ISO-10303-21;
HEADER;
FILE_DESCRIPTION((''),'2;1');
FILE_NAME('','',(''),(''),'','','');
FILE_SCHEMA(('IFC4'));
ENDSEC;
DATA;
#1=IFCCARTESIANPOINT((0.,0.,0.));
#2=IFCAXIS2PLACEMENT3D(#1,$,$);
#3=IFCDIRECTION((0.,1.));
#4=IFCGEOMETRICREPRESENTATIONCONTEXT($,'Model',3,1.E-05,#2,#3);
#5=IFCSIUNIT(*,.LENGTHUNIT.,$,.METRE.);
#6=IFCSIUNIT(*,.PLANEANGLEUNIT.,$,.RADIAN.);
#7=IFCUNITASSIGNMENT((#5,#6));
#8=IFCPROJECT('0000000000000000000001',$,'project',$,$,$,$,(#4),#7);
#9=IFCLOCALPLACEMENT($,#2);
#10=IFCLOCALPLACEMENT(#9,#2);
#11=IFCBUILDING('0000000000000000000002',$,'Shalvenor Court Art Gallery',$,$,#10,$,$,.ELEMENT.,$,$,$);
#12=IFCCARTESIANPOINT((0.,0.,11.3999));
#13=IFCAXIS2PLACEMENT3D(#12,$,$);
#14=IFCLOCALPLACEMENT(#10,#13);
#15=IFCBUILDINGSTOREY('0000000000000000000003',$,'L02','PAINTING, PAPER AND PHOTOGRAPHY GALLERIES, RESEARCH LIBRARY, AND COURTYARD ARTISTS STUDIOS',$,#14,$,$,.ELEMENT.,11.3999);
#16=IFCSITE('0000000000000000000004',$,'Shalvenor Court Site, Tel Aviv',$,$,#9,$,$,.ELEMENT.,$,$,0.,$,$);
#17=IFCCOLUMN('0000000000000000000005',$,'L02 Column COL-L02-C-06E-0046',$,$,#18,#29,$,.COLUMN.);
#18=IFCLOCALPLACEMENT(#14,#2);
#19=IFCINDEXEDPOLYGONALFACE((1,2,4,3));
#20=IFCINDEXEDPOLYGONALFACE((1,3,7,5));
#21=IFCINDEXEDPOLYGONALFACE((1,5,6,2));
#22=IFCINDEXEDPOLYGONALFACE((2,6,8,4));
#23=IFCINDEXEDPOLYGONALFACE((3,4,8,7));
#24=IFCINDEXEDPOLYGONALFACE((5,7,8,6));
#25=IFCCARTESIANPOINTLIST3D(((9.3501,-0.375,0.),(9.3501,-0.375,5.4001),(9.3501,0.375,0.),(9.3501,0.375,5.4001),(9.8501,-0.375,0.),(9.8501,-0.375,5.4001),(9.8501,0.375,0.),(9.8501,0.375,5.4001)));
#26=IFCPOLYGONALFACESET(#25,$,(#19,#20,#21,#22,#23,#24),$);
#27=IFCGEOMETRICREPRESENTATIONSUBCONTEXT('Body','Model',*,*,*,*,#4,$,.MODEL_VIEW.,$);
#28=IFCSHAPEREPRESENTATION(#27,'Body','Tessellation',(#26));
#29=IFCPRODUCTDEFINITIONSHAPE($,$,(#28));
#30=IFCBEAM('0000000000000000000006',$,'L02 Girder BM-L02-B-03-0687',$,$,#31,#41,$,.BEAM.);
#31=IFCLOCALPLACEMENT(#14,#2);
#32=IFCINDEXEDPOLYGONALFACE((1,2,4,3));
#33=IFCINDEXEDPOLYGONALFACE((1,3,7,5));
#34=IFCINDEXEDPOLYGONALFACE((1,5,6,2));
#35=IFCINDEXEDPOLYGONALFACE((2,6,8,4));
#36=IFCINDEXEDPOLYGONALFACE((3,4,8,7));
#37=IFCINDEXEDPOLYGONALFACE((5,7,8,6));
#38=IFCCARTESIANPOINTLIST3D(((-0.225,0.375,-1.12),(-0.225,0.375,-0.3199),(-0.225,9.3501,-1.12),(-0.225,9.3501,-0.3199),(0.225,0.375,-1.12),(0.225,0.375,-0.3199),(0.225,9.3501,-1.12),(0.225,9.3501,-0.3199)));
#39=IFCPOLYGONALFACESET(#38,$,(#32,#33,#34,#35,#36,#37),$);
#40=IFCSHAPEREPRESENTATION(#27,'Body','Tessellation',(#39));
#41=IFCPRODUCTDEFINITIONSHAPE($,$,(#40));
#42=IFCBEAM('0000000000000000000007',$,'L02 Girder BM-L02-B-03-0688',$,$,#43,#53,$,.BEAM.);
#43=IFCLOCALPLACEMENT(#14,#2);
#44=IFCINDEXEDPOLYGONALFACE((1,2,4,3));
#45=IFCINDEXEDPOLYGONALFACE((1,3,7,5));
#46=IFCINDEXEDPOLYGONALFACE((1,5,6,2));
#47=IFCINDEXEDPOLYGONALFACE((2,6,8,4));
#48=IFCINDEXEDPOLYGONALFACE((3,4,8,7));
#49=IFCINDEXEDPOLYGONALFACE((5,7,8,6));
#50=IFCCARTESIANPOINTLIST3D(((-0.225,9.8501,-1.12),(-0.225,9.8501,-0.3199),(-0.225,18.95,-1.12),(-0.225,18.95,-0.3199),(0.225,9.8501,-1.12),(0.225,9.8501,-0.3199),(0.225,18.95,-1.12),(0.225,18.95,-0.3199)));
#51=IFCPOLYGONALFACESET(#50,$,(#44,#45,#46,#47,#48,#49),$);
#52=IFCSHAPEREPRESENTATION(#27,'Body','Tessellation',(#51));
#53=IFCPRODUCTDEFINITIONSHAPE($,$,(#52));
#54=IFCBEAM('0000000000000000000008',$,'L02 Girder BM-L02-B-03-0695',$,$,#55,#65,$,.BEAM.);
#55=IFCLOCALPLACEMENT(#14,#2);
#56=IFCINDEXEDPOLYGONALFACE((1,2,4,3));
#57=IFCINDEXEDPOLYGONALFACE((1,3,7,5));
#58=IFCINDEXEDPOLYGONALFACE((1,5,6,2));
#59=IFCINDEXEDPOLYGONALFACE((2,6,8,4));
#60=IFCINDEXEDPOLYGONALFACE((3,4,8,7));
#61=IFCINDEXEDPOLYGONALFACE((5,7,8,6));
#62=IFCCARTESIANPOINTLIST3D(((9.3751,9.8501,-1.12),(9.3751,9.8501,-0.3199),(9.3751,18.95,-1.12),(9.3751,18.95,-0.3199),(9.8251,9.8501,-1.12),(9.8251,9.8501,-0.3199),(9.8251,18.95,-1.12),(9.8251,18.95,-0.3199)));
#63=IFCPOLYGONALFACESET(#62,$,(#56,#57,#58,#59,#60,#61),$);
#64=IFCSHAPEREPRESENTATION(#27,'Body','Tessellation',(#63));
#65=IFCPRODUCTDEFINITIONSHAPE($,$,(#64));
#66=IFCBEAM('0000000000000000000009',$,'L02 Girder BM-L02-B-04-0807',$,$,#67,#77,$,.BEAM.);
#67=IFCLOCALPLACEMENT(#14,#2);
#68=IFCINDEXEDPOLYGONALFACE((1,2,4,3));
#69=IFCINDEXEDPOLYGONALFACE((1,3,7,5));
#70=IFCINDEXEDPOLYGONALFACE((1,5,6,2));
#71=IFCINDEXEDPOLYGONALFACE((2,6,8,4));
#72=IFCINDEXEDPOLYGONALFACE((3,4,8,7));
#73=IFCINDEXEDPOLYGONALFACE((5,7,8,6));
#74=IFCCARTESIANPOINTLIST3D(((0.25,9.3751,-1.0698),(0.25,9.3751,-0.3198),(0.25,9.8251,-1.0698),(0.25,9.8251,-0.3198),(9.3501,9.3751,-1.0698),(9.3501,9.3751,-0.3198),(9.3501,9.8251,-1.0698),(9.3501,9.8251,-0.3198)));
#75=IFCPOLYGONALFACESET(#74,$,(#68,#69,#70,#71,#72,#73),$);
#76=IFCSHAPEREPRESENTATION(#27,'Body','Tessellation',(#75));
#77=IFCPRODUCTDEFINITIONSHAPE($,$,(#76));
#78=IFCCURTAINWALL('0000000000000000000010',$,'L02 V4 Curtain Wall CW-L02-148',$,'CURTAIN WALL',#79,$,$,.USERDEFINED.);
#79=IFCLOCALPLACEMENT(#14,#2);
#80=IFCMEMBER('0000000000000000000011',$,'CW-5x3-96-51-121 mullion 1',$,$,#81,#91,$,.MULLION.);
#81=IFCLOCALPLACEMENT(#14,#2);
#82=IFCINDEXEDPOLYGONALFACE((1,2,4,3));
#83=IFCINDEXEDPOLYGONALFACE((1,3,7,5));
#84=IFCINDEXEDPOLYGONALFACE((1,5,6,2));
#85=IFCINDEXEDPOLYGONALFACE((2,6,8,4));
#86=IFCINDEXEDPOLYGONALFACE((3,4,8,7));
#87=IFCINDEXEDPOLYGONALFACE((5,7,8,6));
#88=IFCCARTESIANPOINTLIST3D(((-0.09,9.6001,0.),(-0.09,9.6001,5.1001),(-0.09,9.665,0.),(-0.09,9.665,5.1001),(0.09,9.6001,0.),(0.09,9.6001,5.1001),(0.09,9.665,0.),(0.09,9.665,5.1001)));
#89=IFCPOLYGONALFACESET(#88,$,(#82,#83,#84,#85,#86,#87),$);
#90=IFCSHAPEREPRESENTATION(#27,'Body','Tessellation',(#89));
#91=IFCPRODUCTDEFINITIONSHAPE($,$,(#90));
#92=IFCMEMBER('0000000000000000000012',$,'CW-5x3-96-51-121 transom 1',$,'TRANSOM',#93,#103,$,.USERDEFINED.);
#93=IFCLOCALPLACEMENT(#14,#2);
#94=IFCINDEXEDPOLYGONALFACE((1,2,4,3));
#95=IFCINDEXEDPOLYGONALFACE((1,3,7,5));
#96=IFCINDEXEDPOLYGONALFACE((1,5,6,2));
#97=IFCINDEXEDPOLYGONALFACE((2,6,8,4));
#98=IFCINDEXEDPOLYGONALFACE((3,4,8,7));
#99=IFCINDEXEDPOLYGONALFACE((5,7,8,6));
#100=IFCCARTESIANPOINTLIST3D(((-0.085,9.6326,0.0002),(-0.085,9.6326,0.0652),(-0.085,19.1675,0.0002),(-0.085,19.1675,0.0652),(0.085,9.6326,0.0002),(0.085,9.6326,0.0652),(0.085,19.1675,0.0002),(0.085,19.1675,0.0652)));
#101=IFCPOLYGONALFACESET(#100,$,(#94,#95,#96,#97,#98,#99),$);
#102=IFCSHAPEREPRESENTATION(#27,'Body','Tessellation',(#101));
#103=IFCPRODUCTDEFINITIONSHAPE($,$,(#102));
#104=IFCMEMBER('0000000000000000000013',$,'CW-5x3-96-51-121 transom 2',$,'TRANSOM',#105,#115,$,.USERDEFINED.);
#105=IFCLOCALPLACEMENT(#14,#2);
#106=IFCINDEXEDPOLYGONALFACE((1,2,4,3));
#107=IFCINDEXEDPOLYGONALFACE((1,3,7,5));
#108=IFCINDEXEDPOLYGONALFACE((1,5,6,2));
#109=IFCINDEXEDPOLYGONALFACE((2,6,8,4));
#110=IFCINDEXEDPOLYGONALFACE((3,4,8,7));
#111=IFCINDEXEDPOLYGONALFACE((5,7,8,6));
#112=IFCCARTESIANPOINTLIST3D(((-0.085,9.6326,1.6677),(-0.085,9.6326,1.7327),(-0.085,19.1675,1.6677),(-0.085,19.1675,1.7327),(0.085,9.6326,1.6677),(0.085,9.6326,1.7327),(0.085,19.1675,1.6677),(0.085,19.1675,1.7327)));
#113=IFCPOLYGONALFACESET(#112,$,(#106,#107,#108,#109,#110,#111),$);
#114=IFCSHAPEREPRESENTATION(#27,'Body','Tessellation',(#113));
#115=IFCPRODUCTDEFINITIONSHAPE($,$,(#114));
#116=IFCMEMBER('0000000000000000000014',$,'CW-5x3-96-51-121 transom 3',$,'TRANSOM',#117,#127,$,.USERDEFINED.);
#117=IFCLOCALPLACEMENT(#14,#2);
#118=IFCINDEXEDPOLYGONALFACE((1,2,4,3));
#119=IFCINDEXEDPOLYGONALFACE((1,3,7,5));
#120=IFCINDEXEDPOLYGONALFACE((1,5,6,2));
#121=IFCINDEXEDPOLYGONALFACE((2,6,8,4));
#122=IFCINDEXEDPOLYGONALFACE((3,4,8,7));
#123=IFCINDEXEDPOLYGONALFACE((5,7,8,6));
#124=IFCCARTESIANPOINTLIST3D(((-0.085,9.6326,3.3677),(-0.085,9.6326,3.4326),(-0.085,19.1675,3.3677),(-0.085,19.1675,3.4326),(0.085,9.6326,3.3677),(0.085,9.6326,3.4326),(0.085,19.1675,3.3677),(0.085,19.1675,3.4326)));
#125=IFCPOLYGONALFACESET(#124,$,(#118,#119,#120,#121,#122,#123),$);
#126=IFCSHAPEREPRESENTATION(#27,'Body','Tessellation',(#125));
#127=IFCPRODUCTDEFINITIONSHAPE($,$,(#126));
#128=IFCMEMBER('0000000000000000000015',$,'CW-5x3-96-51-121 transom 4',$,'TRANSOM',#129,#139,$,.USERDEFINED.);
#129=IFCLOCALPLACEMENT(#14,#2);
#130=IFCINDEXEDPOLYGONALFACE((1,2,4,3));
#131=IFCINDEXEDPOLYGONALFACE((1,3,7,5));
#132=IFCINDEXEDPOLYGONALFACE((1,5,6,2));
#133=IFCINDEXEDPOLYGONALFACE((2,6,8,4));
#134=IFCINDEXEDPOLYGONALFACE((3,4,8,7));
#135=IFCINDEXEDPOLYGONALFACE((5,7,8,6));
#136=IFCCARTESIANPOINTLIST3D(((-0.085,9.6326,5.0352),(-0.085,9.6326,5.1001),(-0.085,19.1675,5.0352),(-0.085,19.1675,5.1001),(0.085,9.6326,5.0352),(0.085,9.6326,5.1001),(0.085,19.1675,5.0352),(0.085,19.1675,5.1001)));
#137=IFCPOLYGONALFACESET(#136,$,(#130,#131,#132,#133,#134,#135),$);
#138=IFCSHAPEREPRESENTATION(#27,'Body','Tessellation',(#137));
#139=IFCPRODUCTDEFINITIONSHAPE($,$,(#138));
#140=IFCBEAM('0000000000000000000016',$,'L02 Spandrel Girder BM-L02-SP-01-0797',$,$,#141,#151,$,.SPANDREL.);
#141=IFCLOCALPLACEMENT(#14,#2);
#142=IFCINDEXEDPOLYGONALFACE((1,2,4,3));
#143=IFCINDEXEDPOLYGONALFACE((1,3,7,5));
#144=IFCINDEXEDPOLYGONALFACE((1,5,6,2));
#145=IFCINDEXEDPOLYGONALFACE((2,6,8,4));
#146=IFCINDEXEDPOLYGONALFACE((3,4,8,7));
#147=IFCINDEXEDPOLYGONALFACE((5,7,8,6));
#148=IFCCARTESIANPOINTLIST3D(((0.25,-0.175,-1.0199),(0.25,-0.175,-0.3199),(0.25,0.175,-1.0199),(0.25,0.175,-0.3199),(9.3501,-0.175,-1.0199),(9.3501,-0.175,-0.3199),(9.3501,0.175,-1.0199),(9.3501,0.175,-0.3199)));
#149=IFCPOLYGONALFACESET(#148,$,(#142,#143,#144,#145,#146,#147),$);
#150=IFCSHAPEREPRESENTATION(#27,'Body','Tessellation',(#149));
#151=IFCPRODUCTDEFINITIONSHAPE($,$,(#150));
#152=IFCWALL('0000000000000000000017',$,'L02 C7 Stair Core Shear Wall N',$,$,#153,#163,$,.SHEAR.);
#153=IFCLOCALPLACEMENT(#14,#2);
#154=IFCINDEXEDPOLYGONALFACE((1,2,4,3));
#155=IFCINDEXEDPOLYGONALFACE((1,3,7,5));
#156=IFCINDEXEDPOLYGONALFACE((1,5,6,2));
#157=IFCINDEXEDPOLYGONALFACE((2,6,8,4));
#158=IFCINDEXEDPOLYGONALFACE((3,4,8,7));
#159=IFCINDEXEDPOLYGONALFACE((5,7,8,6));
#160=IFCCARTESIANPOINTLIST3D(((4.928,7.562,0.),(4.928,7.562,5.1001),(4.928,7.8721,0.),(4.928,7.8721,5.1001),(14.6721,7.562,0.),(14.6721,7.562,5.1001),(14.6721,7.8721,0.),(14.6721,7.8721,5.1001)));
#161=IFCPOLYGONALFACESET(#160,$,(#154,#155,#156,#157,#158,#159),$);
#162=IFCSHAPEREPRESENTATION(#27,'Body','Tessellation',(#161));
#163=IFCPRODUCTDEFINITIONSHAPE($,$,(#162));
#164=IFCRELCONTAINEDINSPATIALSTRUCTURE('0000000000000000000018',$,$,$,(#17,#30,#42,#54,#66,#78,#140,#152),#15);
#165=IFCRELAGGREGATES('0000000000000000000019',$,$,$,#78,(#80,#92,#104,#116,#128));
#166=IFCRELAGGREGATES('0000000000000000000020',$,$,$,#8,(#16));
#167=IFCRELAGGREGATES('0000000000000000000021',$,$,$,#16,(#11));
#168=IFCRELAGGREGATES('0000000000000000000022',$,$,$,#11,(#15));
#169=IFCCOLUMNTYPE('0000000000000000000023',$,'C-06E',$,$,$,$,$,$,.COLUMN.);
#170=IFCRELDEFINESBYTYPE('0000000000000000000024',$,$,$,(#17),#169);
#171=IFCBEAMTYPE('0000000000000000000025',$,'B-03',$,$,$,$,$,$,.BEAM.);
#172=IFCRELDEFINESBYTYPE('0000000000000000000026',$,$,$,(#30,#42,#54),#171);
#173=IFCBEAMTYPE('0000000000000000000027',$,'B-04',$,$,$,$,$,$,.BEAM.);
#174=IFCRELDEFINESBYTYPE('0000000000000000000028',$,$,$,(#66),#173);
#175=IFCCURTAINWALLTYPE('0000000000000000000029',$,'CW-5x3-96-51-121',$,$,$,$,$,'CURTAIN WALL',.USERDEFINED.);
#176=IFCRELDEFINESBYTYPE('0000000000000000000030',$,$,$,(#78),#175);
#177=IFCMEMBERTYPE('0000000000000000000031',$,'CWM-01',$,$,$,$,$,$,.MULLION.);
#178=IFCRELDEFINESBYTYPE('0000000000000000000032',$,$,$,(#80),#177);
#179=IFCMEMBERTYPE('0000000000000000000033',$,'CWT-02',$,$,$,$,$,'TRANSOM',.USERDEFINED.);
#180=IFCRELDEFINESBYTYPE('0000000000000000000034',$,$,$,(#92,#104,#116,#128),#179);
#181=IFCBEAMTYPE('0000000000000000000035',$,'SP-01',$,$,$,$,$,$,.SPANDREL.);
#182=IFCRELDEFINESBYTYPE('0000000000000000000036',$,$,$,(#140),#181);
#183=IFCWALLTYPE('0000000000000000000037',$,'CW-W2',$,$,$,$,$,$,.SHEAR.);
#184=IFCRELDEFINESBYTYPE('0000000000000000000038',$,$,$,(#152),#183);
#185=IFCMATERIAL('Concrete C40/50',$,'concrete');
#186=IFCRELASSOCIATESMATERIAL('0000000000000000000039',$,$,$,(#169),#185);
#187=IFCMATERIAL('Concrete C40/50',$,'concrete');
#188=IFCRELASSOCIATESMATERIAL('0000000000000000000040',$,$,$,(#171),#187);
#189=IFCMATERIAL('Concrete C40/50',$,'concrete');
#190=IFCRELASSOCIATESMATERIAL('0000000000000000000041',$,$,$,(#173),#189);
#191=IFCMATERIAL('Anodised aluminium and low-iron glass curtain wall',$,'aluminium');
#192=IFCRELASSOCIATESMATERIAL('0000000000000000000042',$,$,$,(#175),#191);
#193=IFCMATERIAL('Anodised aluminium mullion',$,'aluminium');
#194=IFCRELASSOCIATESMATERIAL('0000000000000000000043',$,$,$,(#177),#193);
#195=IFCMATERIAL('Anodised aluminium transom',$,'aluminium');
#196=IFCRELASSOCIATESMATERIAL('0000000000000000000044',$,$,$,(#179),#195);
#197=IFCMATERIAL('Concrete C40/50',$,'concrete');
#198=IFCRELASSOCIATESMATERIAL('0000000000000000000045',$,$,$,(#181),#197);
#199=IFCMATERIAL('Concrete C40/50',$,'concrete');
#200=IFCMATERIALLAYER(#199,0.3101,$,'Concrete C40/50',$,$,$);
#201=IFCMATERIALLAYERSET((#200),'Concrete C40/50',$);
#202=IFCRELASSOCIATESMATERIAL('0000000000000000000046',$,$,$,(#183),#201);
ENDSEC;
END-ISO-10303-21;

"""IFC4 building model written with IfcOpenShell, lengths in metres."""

from ifc_helpers import new_model, si_unit, direction, frame, frame_2d, origin, origin_2d, place, context, subcontext, project, spatial, rectangle, extrude, material, layer, layer_set, material_profile, profile_set, type_object, element, aggregate, save


model = new_model("IFC4")

# Units and contexts
model_context = context("Model", 3, precision=1e-05, world=origin(), true_north=direction((0.0, 1.0)))
body_context = subcontext(model_context, "Body", "Model", "MODEL_VIEW")
ifc_project = project(units=[si_unit("LENGTHUNIT", "METRE"), si_unit("PLANEANGLEUNIT", "RADIAN")], contexts=[model_context])

# Site, building, storey
site_placement = place(None, origin())
site = spatial("IfcSite", under=ifc_project, at=site_placement, Name="Shalvenor Court Site, Tel Aviv", CompositionType="ELEMENT", RefElevation=0.0)
building_placement = place(site_placement, origin())
building = spatial("IfcBuilding", under=site, at=building_placement, Name="Shalvenor Court Art Gallery", CompositionType="ELEMENT")
storey_placement = place(building_placement, frame((0.0, 0.0, 11.3999)))
storey = spatial("IfcBuildingStorey", under=building, at=storey_placement, Name="L02", Description="PAINTING, PAPER AND PHOTOGRAPHY GALLERIES, RESEARCH LIBRARY, AND COURTYARD ARTISTS STUDIOS", CompositionType="ELEMENT", Elevation=11.3999)

# Column
ifc_material_1 = material(Name="Concrete C40/50", Category="concrete")
ifc_material_profile_1 = material_profile(ifc_material_1, rectangle(XDim=0.5, YDim=0.75, at=origin_2d()), Name="RC 500x750")
ifc_profile_set_1 = profile_set([ifc_material_profile_1], Name="Concrete C40/50")
column_type = type_object("IfcColumnType", Name="C-06E", PredefinedType="COLUMN", material=ifc_profile_set_1)
column_placement = place(storey_placement, frame((9.6001, 0.0, 0.0), z_axis=(0.0, 0.0, 1.0), x_axis=(1.0, 0.0, 0.0)))
element("IfcColumn", 1, at=column_placement, inside=storey, type_object=column_type, Name="L02 Column COL-L02-C-06E-0046", PredefinedType="COLUMN", context=body_context, shape_type="SweptSolid", body=[
    extrude(rectangle(XDim=0.5, YDim=0.75, at=origin_2d()), origin(), (0.0, 0.0, 1.0), 5.4001),
])

# Beams
ifc_material_2 = material(Name="Concrete C40/50", Category="concrete")
ifc_material_profile_2 = material_profile(ifc_material_2, rectangle(XDim=0.45, YDim=0.8, at=origin_2d()), Name="RC 450x800")
ifc_profile_set_2 = profile_set([ifc_material_profile_2], Name="Concrete C40/50")
beam_type_1 = type_object("IfcBeamType", Name="B-03", PredefinedType="BEAM", material=ifc_profile_set_2)
beam_1_placement = place(storey_placement, frame((0.0, 0.375, -0.72), z_axis=(0.0, 1.0, 0.0), x_axis=(-1.0, 0.0, 0.0)))
element("IfcBeam", 2, at=beam_1_placement, inside=storey, type_object=beam_type_1, Name="L02 Girder BM-L02-B-03-0687", PredefinedType="BEAM", context=body_context, shape_type="SweptSolid", body=[
    extrude(rectangle(XDim=0.45, YDim=0.8, at=origin_2d()), origin(), (0.0, 0.0, 1.0), 8.9751),
])
for number, where, z_axis, x_axis, name in (
    (3, (0.0, 9.8501, -0.72), (0.0, 1.0, 0.0), (-1.0, 0.0, 0.0), "L02 Girder BM-L02-B-03-0688"),
    (4, (9.6001, 9.8501, -0.72), (0.0, 1.0, 0.0), (-1.0, 0.0, 0.0), "L02 Girder BM-L02-B-03-0695"),
):
    element("IfcBeam", number, at=place(storey_placement, frame(where, z_axis=z_axis, x_axis=x_axis)), inside=storey, type_object=beam_type_1, Name=name, PredefinedType="BEAM", context=body_context, shape_type="SweptSolid", body=[
        extrude(rectangle(XDim=0.45, YDim=0.8, at=origin_2d()), origin(), (0.0, 0.0, 1.0), 9.0999),
    ])
ifc_material_3 = material(Name="Concrete C40/50", Category="concrete")
ifc_material_profile_3 = material_profile(ifc_material_3, rectangle(XDim=0.45, YDim=0.75, at=origin_2d()), Name="RC 450x750")
ifc_profile_set_3 = profile_set([ifc_material_profile_3], Name="Concrete C40/50")
beam_type_2 = type_object("IfcBeamType", Name="B-04", PredefinedType="BEAM", material=ifc_profile_set_3)
beam_2_placement = place(storey_placement, frame((0.25, 9.6001, -0.6948), z_axis=(1.0, 0.0, 0.0), x_axis=(0.0, 1.0, 0.0)))
element("IfcBeam", 5, at=beam_2_placement, inside=storey, type_object=beam_type_2, Name="L02 Girder BM-L02-B-04-0807", PredefinedType="BEAM", context=body_context, shape_type="SweptSolid", body=[
    extrude(rectangle(XDim=0.45, YDim=0.75, at=origin_2d()), origin(), (0.0, 0.0, 1.0), 9.1001),
])

# Curtain wall, members
ifc_material_4 = material(Name="Anodised aluminium and low-iron glass curtain wall", Category="aluminium")
curtain_wall_type = type_object("IfcCurtainWallType", Name="CW-5x3-96-51-121", ElementType="CURTAIN WALL", PredefinedType="USERDEFINED", material=ifc_material_4)
curtain_wall_placement = place(storey_placement, origin())
curtain_wall = element("IfcCurtainWall", 6, at=curtain_wall_placement, inside=storey, type_object=curtain_wall_type, Name="L02 V4 Curtain Wall CW-L02-148", ObjectType="CURTAIN WALL", PredefinedType="USERDEFINED")
ifc_material_5 = material(Name="Anodised aluminium mullion", Category="aluminium")
ifc_material_profile_4 = material_profile(ifc_material_5, rectangle(XDim=0.0649, YDim=0.1799, at=origin_2d()), Name="CWM-01")
ifc_profile_set_4 = profile_set([ifc_material_profile_4], Name="Anodised aluminium mullion")
member_type_1 = type_object("IfcMemberType", Name="CWM-01", PredefinedType="MULLION", material=ifc_profile_set_4)
member_1_placement = place(storey_placement, frame((0.0, 9.6326, 0.0), z_axis=(0.0, 0.0, 1.0), x_axis=(0.0, 1.0, 0.0)))
member_1 = element("IfcMember", 7, at=member_1_placement, type_object=member_type_1, Name="CW-5x3-96-51-121 mullion 1", PredefinedType="MULLION", context=body_context, shape_type="SweptSolid", body=[
    extrude(rectangle(XDim=0.0649, YDim=0.1799, at=origin_2d()), origin(), (0.0, 0.0, 1.0), 5.1001),
])
ifc_material_6 = material(Name="Anodised aluminium transom", Category="aluminium")
ifc_material_profile_5 = material_profile(ifc_material_6, rectangle(XDim=0.1699, YDim=0.0649, at=origin_2d()), Name="CWT-02")
ifc_profile_set_5 = profile_set([ifc_material_profile_5], Name="Anodised aluminium transom")
member_type_2 = type_object("IfcMemberType", Name="CWT-02", ElementType="TRANSOM", PredefinedType="USERDEFINED", material=ifc_profile_set_5)
member_2_placement = place(storey_placement, frame((0.0, 9.6326, 0.0327), z_axis=(0.0, 1.0, 0.0), x_axis=(-1.0, 0.0, 0.0)))
member_2 = element("IfcMember", 8, at=member_2_placement, type_object=member_type_2, Name="CW-5x3-96-51-121 transom 1", ObjectType="TRANSOM", PredefinedType="USERDEFINED", context=body_context, shape_type="SweptSolid", body=[
    extrude(rectangle(XDim=0.1699, YDim=0.0649, at=origin_2d()), origin(), (0.0, 0.0, 1.0), 9.5349),
])
member_3_placement = place(storey_placement, frame((0.0, 9.6326, 1.7002), z_axis=(0.0, 1.0, 0.0), x_axis=(-1.0, 0.0, 0.0)))
member_3 = element("IfcMember", 9, at=member_3_placement, type_object=member_type_2, Name="CW-5x3-96-51-121 transom 2", ObjectType="TRANSOM", PredefinedType="USERDEFINED", context=body_context, shape_type="SweptSolid", body=[
    extrude(rectangle(XDim=0.1699, YDim=0.0649, at=origin_2d()), origin(), (0.0, 0.0, 1.0), 9.5349),
])
member_4_placement = place(storey_placement, frame((0.0, 9.6326, 3.4001), z_axis=(0.0, 1.0, 0.0), x_axis=(-1.0, 0.0, 0.0)))
member_4 = element("IfcMember", 10, at=member_4_placement, type_object=member_type_2, Name="CW-5x3-96-51-121 transom 3", ObjectType="TRANSOM", PredefinedType="USERDEFINED", context=body_context, shape_type="SweptSolid", body=[
    extrude(rectangle(XDim=0.1699, YDim=0.0649, at=origin_2d()), origin(), (0.0, 0.0, 1.0), 9.5349),
])
member_5_placement = place(storey_placement, frame((0.0, 9.6326, 5.0676), z_axis=(0.0, 1.0, 0.0), x_axis=(-1.0, 0.0, 0.0)))
member_5 = element("IfcMember", 11, at=member_5_placement, type_object=member_type_2, Name="CW-5x3-96-51-121 transom 4", ObjectType="TRANSOM", PredefinedType="USERDEFINED", context=body_context, shape_type="SweptSolid", body=[
    extrude(rectangle(XDim=0.1699, YDim=0.0649, at=origin_2d()), origin(), (0.0, 0.0, 1.0), 9.5349),
])
aggregate(curtain_wall, [member_1, member_2, member_3, member_4, member_5])

# Beam
ifc_material_7 = material(Name="Concrete C40/50", Category="concrete")
ifc_material_profile_6 = material_profile(ifc_material_7, rectangle(XDim=0.3501, YDim=0.7, at=origin_2d()), Name="RC 350x700")
ifc_profile_set_6 = profile_set([ifc_material_profile_6], Name="Concrete C40/50")
beam_type_3 = type_object("IfcBeamType", Name="SP-01", PredefinedType="SPANDREL", material=ifc_profile_set_6)
beam_3_placement = place(storey_placement, frame((0.25, 0.0, -0.6699), z_axis=(1.0, 0.0, 0.0), x_axis=(0.0, 1.0, 0.0)))
element("IfcBeam", 12, at=beam_3_placement, inside=storey, type_object=beam_type_3, Name="L02 Spandrel Girder BM-L02-SP-01-0797", PredefinedType="SPANDREL", context=body_context, shape_type="SweptSolid", body=[
    extrude(rectangle(XDim=0.3501, YDim=0.7, at=origin_2d()), origin(), (0.0, 0.0, 1.0), 9.1001),
])

# Wall
ifc_material_8 = material(Name="Concrete C40/50", Category="concrete")
ifc_layer_1 = layer(ifc_material_8, 0.3101, Name="Concrete C40/50")
ifc_layer_set_1 = layer_set([ifc_layer_1], Name="Concrete C40/50")
wall_type_1 = type_object("IfcWallType", Name="CW-W2", PredefinedType="SHEAR", material=ifc_layer_set_1)
wall_1_placement = place(storey_placement, frame((4.928, 7.717, 0.0), z_axis=(0.0, 0.0, 1.0), x_axis=(1.0, 0.0, 0.0)))
element("IfcWall", 13, at=wall_1_placement, inside=storey, type_object=wall_type_1, Name="L02 C7 Stair Core Shear Wall N", PredefinedType="SHEAR", context=body_context, shape_type="SweptSolid", body=[
    extrude(rectangle(XDim=9.7441, YDim=0.3101, at=frame_2d((4.8721, 0.0))), origin(), (0.0, 0.0, 1.0), 5.1001),
])

save(model, "model.ifc")
